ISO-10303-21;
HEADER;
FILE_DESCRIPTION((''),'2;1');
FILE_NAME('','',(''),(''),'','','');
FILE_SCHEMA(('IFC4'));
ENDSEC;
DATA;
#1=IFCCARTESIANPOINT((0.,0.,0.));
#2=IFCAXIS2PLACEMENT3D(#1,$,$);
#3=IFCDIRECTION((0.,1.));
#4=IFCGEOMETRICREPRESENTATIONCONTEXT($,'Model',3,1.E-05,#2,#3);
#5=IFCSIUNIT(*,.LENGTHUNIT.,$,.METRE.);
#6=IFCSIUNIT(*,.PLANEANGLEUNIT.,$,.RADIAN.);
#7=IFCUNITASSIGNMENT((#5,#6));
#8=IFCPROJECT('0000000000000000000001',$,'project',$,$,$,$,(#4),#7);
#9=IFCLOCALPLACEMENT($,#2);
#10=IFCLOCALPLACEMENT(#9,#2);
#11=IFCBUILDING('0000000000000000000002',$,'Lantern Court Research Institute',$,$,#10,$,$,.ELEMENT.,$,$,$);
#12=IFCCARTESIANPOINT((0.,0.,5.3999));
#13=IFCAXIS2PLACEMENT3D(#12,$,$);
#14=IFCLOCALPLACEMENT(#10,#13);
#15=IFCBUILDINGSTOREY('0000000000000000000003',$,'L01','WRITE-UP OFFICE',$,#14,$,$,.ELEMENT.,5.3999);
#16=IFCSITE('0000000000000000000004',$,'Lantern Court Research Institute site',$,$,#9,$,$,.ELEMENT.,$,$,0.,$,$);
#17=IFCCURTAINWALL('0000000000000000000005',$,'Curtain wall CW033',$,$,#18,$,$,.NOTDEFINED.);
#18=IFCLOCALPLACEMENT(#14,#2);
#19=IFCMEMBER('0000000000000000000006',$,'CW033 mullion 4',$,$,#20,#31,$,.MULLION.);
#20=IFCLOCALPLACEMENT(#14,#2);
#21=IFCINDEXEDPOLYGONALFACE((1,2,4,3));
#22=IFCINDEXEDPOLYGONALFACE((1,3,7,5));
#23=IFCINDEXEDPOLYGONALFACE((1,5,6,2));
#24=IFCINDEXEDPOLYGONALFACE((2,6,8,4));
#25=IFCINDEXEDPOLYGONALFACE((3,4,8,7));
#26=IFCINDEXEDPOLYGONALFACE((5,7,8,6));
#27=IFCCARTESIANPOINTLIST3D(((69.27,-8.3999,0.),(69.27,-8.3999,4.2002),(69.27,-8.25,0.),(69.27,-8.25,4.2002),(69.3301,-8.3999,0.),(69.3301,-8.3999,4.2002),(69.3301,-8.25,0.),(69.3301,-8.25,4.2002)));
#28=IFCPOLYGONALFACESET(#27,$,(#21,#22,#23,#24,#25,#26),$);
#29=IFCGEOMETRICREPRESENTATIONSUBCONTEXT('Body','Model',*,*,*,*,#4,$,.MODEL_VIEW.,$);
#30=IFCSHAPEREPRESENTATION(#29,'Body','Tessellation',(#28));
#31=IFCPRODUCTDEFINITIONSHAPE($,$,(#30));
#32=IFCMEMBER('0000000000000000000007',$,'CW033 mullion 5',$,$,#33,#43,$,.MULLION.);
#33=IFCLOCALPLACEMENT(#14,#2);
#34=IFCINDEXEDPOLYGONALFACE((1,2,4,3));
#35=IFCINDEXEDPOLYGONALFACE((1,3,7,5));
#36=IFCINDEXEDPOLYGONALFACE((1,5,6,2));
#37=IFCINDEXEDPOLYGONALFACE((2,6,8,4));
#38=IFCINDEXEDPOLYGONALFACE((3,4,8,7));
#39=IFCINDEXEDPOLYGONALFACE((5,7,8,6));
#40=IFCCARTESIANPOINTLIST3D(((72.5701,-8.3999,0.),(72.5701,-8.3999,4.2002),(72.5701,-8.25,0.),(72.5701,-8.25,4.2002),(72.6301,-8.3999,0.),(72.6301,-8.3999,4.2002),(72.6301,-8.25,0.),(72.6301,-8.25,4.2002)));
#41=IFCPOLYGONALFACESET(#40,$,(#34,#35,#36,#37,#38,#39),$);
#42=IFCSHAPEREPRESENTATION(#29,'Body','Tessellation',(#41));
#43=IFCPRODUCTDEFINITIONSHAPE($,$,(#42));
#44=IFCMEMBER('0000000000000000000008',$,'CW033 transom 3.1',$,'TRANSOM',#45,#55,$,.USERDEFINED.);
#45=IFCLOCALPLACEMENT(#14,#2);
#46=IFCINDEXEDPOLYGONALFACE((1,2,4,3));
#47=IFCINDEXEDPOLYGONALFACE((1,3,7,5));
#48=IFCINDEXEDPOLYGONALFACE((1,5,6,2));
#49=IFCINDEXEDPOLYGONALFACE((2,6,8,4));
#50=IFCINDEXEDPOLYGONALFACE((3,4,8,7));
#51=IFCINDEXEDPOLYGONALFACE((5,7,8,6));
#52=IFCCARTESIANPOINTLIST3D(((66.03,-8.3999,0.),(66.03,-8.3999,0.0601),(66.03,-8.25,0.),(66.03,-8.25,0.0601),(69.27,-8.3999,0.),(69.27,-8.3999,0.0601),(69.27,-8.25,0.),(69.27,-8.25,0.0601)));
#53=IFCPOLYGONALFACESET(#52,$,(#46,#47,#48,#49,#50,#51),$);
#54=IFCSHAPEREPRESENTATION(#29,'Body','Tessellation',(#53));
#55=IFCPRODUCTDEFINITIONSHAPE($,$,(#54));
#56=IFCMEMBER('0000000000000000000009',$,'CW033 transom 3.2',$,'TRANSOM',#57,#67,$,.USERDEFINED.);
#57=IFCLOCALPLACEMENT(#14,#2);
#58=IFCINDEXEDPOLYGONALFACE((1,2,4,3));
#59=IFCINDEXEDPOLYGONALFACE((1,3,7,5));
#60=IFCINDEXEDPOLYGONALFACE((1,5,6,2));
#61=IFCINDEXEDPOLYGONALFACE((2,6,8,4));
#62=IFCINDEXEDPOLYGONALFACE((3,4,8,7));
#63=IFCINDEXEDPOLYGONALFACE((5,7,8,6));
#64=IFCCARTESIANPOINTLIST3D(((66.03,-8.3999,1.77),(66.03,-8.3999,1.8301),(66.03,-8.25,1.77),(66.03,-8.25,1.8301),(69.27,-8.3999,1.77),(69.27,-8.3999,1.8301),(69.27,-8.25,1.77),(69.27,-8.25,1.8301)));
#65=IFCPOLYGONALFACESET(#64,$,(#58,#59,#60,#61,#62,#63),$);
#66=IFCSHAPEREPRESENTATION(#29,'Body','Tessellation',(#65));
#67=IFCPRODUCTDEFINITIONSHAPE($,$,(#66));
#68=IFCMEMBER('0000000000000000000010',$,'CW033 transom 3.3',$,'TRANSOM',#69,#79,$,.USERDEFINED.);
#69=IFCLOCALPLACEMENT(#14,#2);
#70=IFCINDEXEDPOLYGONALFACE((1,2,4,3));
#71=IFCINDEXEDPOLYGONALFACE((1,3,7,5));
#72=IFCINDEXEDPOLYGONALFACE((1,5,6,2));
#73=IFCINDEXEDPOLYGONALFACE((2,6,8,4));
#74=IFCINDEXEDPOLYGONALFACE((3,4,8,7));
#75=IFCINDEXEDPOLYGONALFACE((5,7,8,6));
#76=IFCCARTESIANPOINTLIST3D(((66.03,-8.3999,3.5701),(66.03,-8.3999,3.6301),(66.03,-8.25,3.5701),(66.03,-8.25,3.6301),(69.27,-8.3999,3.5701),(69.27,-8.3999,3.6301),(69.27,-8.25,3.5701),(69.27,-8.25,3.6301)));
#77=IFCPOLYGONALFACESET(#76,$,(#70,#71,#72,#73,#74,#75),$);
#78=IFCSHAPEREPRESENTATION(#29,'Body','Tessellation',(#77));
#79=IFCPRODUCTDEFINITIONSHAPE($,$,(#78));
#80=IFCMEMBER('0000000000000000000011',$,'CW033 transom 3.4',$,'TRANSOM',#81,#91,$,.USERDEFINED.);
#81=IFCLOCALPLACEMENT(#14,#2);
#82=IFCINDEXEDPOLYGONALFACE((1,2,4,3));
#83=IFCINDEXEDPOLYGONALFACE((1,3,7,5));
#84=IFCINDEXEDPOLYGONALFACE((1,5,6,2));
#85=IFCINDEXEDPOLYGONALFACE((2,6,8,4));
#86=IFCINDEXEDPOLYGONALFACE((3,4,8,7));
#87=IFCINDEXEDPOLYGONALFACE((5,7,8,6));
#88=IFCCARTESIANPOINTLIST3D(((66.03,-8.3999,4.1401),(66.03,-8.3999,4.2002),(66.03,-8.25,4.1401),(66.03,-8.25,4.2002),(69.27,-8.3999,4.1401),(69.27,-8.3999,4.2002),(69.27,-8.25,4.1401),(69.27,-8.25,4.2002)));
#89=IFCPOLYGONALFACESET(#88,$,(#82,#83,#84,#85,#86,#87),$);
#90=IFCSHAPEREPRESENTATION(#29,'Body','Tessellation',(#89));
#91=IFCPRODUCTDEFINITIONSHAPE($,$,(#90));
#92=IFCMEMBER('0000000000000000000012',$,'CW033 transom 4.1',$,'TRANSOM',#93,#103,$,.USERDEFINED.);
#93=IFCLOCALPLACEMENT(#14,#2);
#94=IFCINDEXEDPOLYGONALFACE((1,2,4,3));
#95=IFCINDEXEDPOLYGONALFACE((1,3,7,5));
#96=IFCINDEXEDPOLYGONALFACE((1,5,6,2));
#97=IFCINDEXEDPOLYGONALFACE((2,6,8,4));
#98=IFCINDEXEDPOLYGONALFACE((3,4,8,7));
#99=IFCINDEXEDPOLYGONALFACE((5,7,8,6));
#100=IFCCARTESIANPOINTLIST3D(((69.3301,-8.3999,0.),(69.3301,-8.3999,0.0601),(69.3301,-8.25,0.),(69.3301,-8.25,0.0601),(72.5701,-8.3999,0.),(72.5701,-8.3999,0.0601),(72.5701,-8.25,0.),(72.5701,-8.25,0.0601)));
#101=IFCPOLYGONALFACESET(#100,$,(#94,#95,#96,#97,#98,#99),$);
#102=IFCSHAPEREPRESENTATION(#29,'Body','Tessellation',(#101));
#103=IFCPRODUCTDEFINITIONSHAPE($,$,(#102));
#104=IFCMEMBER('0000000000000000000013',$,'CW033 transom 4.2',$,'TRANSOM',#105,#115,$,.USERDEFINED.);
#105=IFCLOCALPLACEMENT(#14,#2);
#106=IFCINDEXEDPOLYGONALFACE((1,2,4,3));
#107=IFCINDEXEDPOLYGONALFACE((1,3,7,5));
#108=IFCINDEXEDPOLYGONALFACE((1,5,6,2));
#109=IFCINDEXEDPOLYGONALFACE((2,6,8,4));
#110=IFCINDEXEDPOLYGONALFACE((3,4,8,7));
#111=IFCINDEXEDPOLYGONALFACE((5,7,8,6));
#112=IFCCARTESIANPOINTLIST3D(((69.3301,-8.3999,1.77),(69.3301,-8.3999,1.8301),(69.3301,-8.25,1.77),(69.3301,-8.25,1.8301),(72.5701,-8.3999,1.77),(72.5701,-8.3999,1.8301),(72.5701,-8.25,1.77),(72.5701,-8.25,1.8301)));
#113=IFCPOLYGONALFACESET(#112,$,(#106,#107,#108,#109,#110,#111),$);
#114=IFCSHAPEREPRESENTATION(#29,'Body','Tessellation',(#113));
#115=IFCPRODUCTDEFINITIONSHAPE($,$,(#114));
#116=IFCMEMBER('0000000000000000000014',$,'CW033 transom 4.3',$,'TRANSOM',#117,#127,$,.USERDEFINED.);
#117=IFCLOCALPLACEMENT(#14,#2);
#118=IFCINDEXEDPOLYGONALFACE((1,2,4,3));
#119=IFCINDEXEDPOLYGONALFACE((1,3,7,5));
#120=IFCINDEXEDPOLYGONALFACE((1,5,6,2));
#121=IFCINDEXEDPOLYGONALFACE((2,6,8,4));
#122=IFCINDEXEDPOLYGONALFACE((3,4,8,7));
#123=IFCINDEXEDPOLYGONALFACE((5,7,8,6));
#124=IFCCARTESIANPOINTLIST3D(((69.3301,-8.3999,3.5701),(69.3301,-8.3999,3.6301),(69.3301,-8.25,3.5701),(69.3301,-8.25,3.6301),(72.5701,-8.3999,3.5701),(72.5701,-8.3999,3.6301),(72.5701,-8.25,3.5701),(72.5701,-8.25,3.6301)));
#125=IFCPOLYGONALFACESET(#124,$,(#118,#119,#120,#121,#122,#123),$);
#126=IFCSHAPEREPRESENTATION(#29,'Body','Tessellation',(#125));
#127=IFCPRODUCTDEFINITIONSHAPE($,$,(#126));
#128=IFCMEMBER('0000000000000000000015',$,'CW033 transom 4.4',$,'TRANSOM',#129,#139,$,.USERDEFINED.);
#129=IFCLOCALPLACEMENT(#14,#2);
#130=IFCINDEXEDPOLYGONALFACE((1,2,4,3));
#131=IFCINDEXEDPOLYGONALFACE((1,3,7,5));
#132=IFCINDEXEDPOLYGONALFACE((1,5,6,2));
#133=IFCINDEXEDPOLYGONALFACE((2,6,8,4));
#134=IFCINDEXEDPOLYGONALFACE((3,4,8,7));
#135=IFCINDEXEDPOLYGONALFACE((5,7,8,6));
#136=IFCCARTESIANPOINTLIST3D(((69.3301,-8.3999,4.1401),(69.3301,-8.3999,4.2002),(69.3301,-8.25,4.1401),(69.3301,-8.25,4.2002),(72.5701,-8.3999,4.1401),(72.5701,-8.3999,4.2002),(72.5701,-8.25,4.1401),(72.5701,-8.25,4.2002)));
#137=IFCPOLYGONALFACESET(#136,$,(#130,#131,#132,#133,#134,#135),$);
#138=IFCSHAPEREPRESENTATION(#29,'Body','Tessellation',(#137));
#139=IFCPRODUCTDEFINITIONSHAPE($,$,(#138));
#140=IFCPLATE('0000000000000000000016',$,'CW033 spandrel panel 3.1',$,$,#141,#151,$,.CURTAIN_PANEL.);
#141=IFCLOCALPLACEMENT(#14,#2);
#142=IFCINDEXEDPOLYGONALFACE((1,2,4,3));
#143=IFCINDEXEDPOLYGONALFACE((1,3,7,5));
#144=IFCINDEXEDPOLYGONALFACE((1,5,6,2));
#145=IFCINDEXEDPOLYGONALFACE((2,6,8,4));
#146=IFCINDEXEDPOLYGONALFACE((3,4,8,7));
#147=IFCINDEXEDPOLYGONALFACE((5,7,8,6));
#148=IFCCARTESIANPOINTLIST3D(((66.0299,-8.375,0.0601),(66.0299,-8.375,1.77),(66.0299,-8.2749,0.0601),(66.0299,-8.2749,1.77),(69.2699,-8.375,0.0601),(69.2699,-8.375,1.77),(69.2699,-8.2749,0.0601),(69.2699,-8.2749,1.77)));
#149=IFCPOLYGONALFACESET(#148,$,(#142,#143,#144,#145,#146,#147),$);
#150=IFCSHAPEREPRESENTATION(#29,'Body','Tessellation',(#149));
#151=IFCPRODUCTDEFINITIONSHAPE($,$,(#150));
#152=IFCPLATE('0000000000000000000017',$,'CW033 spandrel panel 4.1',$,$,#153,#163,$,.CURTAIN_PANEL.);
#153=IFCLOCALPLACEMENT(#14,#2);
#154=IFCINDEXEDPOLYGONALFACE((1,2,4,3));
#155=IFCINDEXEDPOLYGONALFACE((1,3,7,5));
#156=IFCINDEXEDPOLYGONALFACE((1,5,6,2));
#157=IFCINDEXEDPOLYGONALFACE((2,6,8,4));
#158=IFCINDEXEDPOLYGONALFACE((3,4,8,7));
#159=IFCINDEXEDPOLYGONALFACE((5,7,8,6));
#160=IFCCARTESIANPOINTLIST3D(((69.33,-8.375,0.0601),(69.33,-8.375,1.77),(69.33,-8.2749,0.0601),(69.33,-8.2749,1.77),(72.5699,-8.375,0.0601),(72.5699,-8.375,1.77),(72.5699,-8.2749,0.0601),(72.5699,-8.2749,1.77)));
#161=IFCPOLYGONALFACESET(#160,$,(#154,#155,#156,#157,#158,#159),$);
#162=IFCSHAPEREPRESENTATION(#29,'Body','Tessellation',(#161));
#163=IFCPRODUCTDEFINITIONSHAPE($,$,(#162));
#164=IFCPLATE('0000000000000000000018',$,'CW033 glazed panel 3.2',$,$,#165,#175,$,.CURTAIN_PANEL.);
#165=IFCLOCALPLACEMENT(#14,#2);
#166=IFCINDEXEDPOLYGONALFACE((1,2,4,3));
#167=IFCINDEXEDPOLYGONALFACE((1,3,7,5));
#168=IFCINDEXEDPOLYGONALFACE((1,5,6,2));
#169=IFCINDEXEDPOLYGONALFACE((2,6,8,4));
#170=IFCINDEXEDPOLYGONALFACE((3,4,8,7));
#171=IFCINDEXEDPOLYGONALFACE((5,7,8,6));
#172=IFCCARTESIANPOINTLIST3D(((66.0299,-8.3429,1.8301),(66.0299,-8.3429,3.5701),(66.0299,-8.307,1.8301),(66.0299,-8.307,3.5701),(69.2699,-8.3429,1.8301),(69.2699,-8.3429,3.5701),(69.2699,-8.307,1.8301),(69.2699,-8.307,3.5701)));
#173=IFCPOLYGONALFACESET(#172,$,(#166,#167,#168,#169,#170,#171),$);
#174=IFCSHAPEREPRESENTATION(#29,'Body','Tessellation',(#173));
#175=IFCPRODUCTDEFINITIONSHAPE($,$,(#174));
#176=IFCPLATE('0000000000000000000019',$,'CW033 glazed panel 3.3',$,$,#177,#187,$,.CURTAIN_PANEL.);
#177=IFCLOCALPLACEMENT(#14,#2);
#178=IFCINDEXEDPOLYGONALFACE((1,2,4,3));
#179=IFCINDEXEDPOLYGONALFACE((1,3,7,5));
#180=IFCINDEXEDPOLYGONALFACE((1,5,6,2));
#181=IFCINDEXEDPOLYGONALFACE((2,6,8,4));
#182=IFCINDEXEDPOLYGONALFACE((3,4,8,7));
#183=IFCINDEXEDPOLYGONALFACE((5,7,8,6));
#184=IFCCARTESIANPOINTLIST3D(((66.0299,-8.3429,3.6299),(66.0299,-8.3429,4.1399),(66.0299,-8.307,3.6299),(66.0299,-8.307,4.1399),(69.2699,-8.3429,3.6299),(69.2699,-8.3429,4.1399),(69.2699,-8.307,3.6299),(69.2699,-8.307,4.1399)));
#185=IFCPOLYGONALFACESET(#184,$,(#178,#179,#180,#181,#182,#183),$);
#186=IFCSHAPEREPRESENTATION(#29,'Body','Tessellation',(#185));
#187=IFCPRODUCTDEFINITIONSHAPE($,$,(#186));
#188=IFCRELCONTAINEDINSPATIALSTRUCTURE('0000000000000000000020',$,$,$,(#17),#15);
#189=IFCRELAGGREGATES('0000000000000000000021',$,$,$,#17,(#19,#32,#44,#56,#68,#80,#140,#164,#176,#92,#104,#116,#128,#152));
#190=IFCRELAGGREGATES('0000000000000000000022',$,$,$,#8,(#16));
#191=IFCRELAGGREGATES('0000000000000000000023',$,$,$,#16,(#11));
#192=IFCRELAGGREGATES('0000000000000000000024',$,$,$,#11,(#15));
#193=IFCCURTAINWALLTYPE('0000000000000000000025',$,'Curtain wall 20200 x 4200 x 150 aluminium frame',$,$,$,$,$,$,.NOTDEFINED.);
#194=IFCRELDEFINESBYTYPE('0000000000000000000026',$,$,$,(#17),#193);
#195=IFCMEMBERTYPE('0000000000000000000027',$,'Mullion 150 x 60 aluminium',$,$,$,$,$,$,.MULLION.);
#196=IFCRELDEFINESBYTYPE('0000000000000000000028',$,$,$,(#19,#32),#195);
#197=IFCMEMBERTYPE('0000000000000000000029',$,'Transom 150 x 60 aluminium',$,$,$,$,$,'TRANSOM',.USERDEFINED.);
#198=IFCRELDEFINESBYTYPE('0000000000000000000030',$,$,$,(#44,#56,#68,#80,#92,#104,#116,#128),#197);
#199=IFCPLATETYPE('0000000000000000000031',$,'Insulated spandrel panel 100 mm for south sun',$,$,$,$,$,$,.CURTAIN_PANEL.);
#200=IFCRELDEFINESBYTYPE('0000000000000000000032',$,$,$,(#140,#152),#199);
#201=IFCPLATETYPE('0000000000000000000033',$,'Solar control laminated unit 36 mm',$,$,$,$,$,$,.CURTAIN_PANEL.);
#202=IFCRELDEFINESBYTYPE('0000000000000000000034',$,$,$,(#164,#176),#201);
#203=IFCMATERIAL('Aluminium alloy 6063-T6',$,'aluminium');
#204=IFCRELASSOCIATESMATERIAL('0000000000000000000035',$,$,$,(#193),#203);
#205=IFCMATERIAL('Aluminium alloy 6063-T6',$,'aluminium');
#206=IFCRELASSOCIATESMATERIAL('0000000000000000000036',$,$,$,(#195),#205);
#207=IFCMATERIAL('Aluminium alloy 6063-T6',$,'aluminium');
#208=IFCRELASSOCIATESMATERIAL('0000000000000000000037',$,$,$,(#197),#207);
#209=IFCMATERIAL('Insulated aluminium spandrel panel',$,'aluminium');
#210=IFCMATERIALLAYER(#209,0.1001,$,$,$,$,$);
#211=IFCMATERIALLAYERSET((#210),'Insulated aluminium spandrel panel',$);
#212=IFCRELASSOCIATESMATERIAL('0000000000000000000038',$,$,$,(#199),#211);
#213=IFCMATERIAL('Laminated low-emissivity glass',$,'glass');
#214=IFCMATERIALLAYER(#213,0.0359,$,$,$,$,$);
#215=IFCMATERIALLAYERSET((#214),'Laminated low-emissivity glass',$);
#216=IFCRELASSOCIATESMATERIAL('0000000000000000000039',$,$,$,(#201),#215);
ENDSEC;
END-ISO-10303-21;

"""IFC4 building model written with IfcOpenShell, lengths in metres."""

from ifc_helpers import new_model, si_unit, direction, frame, origin, origin_2d, place, context, subcontext, project, spatial, rectangle, extrude, material, layer, layer_set, material_profile, profile_set, type_object, element, aggregate, save


model = new_model("IFC4")

# Units and contexts
model_context = context("Model", 3, precision=1e-05, world=origin(), true_north=direction((0.0, 1.0)))
body_context = subcontext(model_context, "Body", "Model", "MODEL_VIEW")
ifc_project = project(units=[si_unit("LENGTHUNIT", "METRE"), si_unit("PLANEANGLEUNIT", "RADIAN")], contexts=[model_context])

# Site, building, storey
site_placement = place(None, origin())
site = spatial("IfcSite", under=ifc_project, at=site_placement, Name="Lantern Court Research Institute site", CompositionType="ELEMENT", RefElevation=0.0)
building_placement = place(site_placement, origin())
building = spatial("IfcBuilding", under=site, at=building_placement, Name="Lantern Court Research Institute", CompositionType="ELEMENT")
storey_placement = place(building_placement, frame((0.0, 0.0, 5.3999)))
storey = spatial("IfcBuildingStorey", under=building, at=storey_placement, Name="L01", Description="WRITE-UP OFFICE", CompositionType="ELEMENT", Elevation=5.3999)

# Curtain wall, members, plates
ifc_material_1 = material(Name="Aluminium alloy 6063-T6", Category="aluminium")
curtain_wall_type = type_object("IfcCurtainWallType", Name="Curtain wall 20200 x 4200 x 150 aluminium frame", PredefinedType="NOTDEFINED", material=ifc_material_1)
curtain_wall_placement = place(storey_placement, origin())
curtain_wall = element("IfcCurtainWall", 1, at=curtain_wall_placement, inside=storey, type_object=curtain_wall_type, Name="Curtain wall CW033", PredefinedType="NOTDEFINED")
ifc_material_2 = material(Name="Aluminium alloy 6063-T6", Category="aluminium")
ifc_material_profile_1 = material_profile(ifc_material_2, rectangle(XDim=0.1499, YDim=0.0601, at=origin_2d()), Name="Mullion 150 x 60")
ifc_profile_set_1 = profile_set([ifc_material_profile_1], Name="Aluminium alloy 6063-T6")
member_type_1 = type_object("IfcMemberType", Name="Mullion 150 x 60 aluminium", PredefinedType="MULLION", material=ifc_profile_set_1)
member_1_placement = place(storey_placement, frame((69.3, -8.325, 0.0), z_axis=(0.0, 0.0, 1.0), x_axis=(0.0, -1.0, 0.0)))
member_1 = element("IfcMember", 2, at=member_1_placement, type_object=member_type_1, Name="CW033 mullion 4", PredefinedType="MULLION", context=body_context, shape_type="SweptSolid", body=[
    extrude(rectangle(XDim=0.1499, YDim=0.0601, at=origin_2d()), origin(), (0.0, 0.0, 1.0), 4.2002),
])
member_2_placement = place(storey_placement, frame((72.6001, -8.325, 0.0), z_axis=(0.0, 0.0, 1.0), x_axis=(0.0, -1.0, 0.0)))
member_2 = element("IfcMember", 3, at=member_2_placement, type_object=member_type_1, Name="CW033 mullion 5", PredefinedType="MULLION", context=body_context, shape_type="SweptSolid", body=[
    extrude(rectangle(XDim=0.1499, YDim=0.0601, at=origin_2d()), origin(), (0.0, 0.0, 1.0), 4.2002),
])
ifc_material_3 = material(Name="Aluminium alloy 6063-T6", Category="aluminium")
ifc_material_profile_2 = material_profile(ifc_material_3, rectangle(XDim=0.1499, YDim=0.0601, at=origin_2d()), Name="Transom 150 x 60")
ifc_profile_set_2 = profile_set([ifc_material_profile_2], Name="Aluminium alloy 6063-T6")
member_type_2 = type_object("IfcMemberType", Name="Transom 150 x 60 aluminium", ElementType="TRANSOM", PredefinedType="USERDEFINED", material=ifc_profile_set_2)
member_3_placement = place(storey_placement, frame((69.27, -8.325, 0.03), z_axis=(-1.0, 0.0, 0.0), x_axis=(0.0, -1.0, 0.0)))
member_3 = element("IfcMember", 4, at=member_3_placement, type_object=member_type_2, Name="CW033 transom 3.1", ObjectType="TRANSOM", PredefinedType="USERDEFINED", context=body_context, shape_type="SweptSolid", body=[
    extrude(rectangle(XDim=0.1499, YDim=0.0601, at=origin_2d()), origin(), (0.0, 0.0, 1.0), 3.24),
])
member_4_placement = place(storey_placement, frame((69.27, -8.325, 1.8), z_axis=(-1.0, 0.0, 0.0), x_axis=(0.0, -1.0, 0.0)))
member_4 = element("IfcMember", 5, at=member_4_placement, type_object=member_type_2, Name="CW033 transom 3.2", ObjectType="TRANSOM", PredefinedType="USERDEFINED", context=body_context, shape_type="SweptSolid", body=[
    extrude(rectangle(XDim=0.1499, YDim=0.0601, at=origin_2d()), origin(), (0.0, 0.0, 1.0), 3.24),
])
member_5_placement = place(storey_placement, frame((69.27, -8.325, 3.6001), z_axis=(-1.0, 0.0, 0.0), x_axis=(0.0, -1.0, 0.0)))
member_5 = element("IfcMember", 6, at=member_5_placement, type_object=member_type_2, Name="CW033 transom 3.3", ObjectType="TRANSOM", PredefinedType="USERDEFINED", context=body_context, shape_type="SweptSolid", body=[
    extrude(rectangle(XDim=0.1499, YDim=0.0601, at=origin_2d()), origin(), (0.0, 0.0, 1.0), 3.24),
])
member_6_placement = place(storey_placement, frame((69.27, -8.325, 4.1702), z_axis=(-1.0, 0.0, 0.0), x_axis=(0.0, -1.0, 0.0)))
member_6 = element("IfcMember", 7, at=member_6_placement, type_object=member_type_2, Name="CW033 transom 3.4", ObjectType="TRANSOM", PredefinedType="USERDEFINED", context=body_context, shape_type="SweptSolid", body=[
    extrude(rectangle(XDim=0.1499, YDim=0.0601, at=origin_2d()), origin(), (0.0, 0.0, 1.0), 3.24),
])
member_7_placement = place(storey_placement, frame((72.5701, -8.325, 0.03), z_axis=(-1.0, 0.0, 0.0), x_axis=(0.0, -1.0, 0.0)))
member_7 = element("IfcMember", 8, at=member_7_placement, type_object=member_type_2, Name="CW033 transom 4.1", ObjectType="TRANSOM", PredefinedType="USERDEFINED", context=body_context, shape_type="SweptSolid", body=[
    extrude(rectangle(XDim=0.1499, YDim=0.0601, at=origin_2d()), origin(), (0.0, 0.0, 1.0), 3.24),
])
member_8_placement = place(storey_placement, frame((72.5701, -8.325, 1.8), z_axis=(-1.0, 0.0, 0.0), x_axis=(0.0, -1.0, 0.0)))
member_8 = element("IfcMember", 9, at=member_8_placement, type_object=member_type_2, Name="CW033 transom 4.2", ObjectType="TRANSOM", PredefinedType="USERDEFINED", context=body_context, shape_type="SweptSolid", body=[
    extrude(rectangle(XDim=0.1499, YDim=0.0601, at=origin_2d()), origin(), (0.0, 0.0, 1.0), 3.24),
])
member_9_placement = place(storey_placement, frame((72.5701, -8.325, 3.6001), z_axis=(-1.0, 0.0, 0.0), x_axis=(0.0, -1.0, 0.0)))
member_9 = element("IfcMember", 10, at=member_9_placement, type_object=member_type_2, Name="CW033 transom 4.3", ObjectType="TRANSOM", PredefinedType="USERDEFINED", context=body_context, shape_type="SweptSolid", body=[
    extrude(rectangle(XDim=0.1499, YDim=0.0601, at=origin_2d()), origin(), (0.0, 0.0, 1.0), 3.24),
])
member_10_placement = place(storey_placement, frame((72.5701, -8.325, 4.1702), z_axis=(-1.0, 0.0, 0.0), x_axis=(0.0, -1.0, 0.0)))
member_10 = element("IfcMember", 11, at=member_10_placement, type_object=member_type_2, Name="CW033 transom 4.4", ObjectType="TRANSOM", PredefinedType="USERDEFINED", context=body_context, shape_type="SweptSolid", body=[
    extrude(rectangle(XDim=0.1499, YDim=0.0601, at=origin_2d()), origin(), (0.0, 0.0, 1.0), 3.24),
])
ifc_material_4 = material(Name="Insulated aluminium spandrel panel", Category="aluminium")
ifc_layer_1 = layer(ifc_material_4, 0.1001)
ifc_layer_set_1 = layer_set([ifc_layer_1], Name="Insulated aluminium spandrel panel")
plate_type_1 = type_object("IfcPlateType", Name="Insulated spandrel panel 100 mm for south sun", PredefinedType="CURTAIN_PANEL", material=ifc_layer_set_1)
plate_1_placement = place(storey_placement, frame((67.6499, -8.325, 0.0601), z_axis=(0.0, 0.0, 1.0), x_axis=(-1.0, 0.0, 0.0)))
plate_1 = element("IfcPlate", 12, at=plate_1_placement, type_object=plate_type_1, Name="CW033 spandrel panel 3.1", PredefinedType="CURTAIN_PANEL", context=body_context, shape_type="SweptSolid", body=[
    extrude(rectangle(XDim=3.24, YDim=0.1001, at=origin_2d()), origin(), (0.0, 0.0, 1.0), 1.71),
])
plate_2_placement = place(storey_placement, frame((70.95, -8.325, 0.0601), z_axis=(0.0, 0.0, 1.0), x_axis=(-1.0, 0.0, 0.0)))
plate_2 = element("IfcPlate", 13, at=plate_2_placement, type_object=plate_type_1, Name="CW033 spandrel panel 4.1", PredefinedType="CURTAIN_PANEL", context=body_context, shape_type="SweptSolid", body=[
    extrude(rectangle(XDim=3.24, YDim=0.1001, at=origin_2d()), origin(), (0.0, 0.0, 1.0), 1.71),
])
ifc_material_5 = material(Name="Laminated low-emissivity glass", Category="glass")
ifc_layer_2 = layer(ifc_material_5, 0.0359)
ifc_layer_set_2 = layer_set([ifc_layer_2], Name="Laminated low-emissivity glass")
plate_type_2 = type_object("IfcPlateType", Name="Solar control laminated unit 36 mm", PredefinedType="CURTAIN_PANEL", material=ifc_layer_set_2)
plate_3_placement = place(storey_placement, frame((67.6499, -8.325, 1.8301), z_axis=(0.0, 0.0, 1.0), x_axis=(-1.0, 0.0, 0.0)))
plate_3 = element("IfcPlate", 14, at=plate_3_placement, type_object=plate_type_2, Name="CW033 glazed panel 3.2", PredefinedType="CURTAIN_PANEL", context=body_context, shape_type="SweptSolid", body=[
    extrude(rectangle(XDim=3.24, YDim=0.0359, at=origin_2d()), origin(), (0.0, 0.0, 1.0), 1.74),
])
plate_4_placement = place(storey_placement, frame((67.6499, -8.325, 3.6299), z_axis=(0.0, 0.0, 1.0), x_axis=(-1.0, 0.0, 0.0)))
plate_4 = element("IfcPlate", 15, at=plate_4_placement, type_object=plate_type_2, Name="CW033 glazed panel 3.3", PredefinedType="CURTAIN_PANEL", context=body_context, shape_type="SweptSolid", body=[
    extrude(rectangle(XDim=3.24, YDim=0.0359, at=origin_2d()), origin(), (0.0, 0.0, 1.0), 0.51),
])
aggregate(curtain_wall, [member_1, member_2, member_3, member_4, member_5, member_6, plate_1, plate_3, plate_4, member_7, member_8, member_9, member_10, plate_2])

save(model, "model.ifc")
